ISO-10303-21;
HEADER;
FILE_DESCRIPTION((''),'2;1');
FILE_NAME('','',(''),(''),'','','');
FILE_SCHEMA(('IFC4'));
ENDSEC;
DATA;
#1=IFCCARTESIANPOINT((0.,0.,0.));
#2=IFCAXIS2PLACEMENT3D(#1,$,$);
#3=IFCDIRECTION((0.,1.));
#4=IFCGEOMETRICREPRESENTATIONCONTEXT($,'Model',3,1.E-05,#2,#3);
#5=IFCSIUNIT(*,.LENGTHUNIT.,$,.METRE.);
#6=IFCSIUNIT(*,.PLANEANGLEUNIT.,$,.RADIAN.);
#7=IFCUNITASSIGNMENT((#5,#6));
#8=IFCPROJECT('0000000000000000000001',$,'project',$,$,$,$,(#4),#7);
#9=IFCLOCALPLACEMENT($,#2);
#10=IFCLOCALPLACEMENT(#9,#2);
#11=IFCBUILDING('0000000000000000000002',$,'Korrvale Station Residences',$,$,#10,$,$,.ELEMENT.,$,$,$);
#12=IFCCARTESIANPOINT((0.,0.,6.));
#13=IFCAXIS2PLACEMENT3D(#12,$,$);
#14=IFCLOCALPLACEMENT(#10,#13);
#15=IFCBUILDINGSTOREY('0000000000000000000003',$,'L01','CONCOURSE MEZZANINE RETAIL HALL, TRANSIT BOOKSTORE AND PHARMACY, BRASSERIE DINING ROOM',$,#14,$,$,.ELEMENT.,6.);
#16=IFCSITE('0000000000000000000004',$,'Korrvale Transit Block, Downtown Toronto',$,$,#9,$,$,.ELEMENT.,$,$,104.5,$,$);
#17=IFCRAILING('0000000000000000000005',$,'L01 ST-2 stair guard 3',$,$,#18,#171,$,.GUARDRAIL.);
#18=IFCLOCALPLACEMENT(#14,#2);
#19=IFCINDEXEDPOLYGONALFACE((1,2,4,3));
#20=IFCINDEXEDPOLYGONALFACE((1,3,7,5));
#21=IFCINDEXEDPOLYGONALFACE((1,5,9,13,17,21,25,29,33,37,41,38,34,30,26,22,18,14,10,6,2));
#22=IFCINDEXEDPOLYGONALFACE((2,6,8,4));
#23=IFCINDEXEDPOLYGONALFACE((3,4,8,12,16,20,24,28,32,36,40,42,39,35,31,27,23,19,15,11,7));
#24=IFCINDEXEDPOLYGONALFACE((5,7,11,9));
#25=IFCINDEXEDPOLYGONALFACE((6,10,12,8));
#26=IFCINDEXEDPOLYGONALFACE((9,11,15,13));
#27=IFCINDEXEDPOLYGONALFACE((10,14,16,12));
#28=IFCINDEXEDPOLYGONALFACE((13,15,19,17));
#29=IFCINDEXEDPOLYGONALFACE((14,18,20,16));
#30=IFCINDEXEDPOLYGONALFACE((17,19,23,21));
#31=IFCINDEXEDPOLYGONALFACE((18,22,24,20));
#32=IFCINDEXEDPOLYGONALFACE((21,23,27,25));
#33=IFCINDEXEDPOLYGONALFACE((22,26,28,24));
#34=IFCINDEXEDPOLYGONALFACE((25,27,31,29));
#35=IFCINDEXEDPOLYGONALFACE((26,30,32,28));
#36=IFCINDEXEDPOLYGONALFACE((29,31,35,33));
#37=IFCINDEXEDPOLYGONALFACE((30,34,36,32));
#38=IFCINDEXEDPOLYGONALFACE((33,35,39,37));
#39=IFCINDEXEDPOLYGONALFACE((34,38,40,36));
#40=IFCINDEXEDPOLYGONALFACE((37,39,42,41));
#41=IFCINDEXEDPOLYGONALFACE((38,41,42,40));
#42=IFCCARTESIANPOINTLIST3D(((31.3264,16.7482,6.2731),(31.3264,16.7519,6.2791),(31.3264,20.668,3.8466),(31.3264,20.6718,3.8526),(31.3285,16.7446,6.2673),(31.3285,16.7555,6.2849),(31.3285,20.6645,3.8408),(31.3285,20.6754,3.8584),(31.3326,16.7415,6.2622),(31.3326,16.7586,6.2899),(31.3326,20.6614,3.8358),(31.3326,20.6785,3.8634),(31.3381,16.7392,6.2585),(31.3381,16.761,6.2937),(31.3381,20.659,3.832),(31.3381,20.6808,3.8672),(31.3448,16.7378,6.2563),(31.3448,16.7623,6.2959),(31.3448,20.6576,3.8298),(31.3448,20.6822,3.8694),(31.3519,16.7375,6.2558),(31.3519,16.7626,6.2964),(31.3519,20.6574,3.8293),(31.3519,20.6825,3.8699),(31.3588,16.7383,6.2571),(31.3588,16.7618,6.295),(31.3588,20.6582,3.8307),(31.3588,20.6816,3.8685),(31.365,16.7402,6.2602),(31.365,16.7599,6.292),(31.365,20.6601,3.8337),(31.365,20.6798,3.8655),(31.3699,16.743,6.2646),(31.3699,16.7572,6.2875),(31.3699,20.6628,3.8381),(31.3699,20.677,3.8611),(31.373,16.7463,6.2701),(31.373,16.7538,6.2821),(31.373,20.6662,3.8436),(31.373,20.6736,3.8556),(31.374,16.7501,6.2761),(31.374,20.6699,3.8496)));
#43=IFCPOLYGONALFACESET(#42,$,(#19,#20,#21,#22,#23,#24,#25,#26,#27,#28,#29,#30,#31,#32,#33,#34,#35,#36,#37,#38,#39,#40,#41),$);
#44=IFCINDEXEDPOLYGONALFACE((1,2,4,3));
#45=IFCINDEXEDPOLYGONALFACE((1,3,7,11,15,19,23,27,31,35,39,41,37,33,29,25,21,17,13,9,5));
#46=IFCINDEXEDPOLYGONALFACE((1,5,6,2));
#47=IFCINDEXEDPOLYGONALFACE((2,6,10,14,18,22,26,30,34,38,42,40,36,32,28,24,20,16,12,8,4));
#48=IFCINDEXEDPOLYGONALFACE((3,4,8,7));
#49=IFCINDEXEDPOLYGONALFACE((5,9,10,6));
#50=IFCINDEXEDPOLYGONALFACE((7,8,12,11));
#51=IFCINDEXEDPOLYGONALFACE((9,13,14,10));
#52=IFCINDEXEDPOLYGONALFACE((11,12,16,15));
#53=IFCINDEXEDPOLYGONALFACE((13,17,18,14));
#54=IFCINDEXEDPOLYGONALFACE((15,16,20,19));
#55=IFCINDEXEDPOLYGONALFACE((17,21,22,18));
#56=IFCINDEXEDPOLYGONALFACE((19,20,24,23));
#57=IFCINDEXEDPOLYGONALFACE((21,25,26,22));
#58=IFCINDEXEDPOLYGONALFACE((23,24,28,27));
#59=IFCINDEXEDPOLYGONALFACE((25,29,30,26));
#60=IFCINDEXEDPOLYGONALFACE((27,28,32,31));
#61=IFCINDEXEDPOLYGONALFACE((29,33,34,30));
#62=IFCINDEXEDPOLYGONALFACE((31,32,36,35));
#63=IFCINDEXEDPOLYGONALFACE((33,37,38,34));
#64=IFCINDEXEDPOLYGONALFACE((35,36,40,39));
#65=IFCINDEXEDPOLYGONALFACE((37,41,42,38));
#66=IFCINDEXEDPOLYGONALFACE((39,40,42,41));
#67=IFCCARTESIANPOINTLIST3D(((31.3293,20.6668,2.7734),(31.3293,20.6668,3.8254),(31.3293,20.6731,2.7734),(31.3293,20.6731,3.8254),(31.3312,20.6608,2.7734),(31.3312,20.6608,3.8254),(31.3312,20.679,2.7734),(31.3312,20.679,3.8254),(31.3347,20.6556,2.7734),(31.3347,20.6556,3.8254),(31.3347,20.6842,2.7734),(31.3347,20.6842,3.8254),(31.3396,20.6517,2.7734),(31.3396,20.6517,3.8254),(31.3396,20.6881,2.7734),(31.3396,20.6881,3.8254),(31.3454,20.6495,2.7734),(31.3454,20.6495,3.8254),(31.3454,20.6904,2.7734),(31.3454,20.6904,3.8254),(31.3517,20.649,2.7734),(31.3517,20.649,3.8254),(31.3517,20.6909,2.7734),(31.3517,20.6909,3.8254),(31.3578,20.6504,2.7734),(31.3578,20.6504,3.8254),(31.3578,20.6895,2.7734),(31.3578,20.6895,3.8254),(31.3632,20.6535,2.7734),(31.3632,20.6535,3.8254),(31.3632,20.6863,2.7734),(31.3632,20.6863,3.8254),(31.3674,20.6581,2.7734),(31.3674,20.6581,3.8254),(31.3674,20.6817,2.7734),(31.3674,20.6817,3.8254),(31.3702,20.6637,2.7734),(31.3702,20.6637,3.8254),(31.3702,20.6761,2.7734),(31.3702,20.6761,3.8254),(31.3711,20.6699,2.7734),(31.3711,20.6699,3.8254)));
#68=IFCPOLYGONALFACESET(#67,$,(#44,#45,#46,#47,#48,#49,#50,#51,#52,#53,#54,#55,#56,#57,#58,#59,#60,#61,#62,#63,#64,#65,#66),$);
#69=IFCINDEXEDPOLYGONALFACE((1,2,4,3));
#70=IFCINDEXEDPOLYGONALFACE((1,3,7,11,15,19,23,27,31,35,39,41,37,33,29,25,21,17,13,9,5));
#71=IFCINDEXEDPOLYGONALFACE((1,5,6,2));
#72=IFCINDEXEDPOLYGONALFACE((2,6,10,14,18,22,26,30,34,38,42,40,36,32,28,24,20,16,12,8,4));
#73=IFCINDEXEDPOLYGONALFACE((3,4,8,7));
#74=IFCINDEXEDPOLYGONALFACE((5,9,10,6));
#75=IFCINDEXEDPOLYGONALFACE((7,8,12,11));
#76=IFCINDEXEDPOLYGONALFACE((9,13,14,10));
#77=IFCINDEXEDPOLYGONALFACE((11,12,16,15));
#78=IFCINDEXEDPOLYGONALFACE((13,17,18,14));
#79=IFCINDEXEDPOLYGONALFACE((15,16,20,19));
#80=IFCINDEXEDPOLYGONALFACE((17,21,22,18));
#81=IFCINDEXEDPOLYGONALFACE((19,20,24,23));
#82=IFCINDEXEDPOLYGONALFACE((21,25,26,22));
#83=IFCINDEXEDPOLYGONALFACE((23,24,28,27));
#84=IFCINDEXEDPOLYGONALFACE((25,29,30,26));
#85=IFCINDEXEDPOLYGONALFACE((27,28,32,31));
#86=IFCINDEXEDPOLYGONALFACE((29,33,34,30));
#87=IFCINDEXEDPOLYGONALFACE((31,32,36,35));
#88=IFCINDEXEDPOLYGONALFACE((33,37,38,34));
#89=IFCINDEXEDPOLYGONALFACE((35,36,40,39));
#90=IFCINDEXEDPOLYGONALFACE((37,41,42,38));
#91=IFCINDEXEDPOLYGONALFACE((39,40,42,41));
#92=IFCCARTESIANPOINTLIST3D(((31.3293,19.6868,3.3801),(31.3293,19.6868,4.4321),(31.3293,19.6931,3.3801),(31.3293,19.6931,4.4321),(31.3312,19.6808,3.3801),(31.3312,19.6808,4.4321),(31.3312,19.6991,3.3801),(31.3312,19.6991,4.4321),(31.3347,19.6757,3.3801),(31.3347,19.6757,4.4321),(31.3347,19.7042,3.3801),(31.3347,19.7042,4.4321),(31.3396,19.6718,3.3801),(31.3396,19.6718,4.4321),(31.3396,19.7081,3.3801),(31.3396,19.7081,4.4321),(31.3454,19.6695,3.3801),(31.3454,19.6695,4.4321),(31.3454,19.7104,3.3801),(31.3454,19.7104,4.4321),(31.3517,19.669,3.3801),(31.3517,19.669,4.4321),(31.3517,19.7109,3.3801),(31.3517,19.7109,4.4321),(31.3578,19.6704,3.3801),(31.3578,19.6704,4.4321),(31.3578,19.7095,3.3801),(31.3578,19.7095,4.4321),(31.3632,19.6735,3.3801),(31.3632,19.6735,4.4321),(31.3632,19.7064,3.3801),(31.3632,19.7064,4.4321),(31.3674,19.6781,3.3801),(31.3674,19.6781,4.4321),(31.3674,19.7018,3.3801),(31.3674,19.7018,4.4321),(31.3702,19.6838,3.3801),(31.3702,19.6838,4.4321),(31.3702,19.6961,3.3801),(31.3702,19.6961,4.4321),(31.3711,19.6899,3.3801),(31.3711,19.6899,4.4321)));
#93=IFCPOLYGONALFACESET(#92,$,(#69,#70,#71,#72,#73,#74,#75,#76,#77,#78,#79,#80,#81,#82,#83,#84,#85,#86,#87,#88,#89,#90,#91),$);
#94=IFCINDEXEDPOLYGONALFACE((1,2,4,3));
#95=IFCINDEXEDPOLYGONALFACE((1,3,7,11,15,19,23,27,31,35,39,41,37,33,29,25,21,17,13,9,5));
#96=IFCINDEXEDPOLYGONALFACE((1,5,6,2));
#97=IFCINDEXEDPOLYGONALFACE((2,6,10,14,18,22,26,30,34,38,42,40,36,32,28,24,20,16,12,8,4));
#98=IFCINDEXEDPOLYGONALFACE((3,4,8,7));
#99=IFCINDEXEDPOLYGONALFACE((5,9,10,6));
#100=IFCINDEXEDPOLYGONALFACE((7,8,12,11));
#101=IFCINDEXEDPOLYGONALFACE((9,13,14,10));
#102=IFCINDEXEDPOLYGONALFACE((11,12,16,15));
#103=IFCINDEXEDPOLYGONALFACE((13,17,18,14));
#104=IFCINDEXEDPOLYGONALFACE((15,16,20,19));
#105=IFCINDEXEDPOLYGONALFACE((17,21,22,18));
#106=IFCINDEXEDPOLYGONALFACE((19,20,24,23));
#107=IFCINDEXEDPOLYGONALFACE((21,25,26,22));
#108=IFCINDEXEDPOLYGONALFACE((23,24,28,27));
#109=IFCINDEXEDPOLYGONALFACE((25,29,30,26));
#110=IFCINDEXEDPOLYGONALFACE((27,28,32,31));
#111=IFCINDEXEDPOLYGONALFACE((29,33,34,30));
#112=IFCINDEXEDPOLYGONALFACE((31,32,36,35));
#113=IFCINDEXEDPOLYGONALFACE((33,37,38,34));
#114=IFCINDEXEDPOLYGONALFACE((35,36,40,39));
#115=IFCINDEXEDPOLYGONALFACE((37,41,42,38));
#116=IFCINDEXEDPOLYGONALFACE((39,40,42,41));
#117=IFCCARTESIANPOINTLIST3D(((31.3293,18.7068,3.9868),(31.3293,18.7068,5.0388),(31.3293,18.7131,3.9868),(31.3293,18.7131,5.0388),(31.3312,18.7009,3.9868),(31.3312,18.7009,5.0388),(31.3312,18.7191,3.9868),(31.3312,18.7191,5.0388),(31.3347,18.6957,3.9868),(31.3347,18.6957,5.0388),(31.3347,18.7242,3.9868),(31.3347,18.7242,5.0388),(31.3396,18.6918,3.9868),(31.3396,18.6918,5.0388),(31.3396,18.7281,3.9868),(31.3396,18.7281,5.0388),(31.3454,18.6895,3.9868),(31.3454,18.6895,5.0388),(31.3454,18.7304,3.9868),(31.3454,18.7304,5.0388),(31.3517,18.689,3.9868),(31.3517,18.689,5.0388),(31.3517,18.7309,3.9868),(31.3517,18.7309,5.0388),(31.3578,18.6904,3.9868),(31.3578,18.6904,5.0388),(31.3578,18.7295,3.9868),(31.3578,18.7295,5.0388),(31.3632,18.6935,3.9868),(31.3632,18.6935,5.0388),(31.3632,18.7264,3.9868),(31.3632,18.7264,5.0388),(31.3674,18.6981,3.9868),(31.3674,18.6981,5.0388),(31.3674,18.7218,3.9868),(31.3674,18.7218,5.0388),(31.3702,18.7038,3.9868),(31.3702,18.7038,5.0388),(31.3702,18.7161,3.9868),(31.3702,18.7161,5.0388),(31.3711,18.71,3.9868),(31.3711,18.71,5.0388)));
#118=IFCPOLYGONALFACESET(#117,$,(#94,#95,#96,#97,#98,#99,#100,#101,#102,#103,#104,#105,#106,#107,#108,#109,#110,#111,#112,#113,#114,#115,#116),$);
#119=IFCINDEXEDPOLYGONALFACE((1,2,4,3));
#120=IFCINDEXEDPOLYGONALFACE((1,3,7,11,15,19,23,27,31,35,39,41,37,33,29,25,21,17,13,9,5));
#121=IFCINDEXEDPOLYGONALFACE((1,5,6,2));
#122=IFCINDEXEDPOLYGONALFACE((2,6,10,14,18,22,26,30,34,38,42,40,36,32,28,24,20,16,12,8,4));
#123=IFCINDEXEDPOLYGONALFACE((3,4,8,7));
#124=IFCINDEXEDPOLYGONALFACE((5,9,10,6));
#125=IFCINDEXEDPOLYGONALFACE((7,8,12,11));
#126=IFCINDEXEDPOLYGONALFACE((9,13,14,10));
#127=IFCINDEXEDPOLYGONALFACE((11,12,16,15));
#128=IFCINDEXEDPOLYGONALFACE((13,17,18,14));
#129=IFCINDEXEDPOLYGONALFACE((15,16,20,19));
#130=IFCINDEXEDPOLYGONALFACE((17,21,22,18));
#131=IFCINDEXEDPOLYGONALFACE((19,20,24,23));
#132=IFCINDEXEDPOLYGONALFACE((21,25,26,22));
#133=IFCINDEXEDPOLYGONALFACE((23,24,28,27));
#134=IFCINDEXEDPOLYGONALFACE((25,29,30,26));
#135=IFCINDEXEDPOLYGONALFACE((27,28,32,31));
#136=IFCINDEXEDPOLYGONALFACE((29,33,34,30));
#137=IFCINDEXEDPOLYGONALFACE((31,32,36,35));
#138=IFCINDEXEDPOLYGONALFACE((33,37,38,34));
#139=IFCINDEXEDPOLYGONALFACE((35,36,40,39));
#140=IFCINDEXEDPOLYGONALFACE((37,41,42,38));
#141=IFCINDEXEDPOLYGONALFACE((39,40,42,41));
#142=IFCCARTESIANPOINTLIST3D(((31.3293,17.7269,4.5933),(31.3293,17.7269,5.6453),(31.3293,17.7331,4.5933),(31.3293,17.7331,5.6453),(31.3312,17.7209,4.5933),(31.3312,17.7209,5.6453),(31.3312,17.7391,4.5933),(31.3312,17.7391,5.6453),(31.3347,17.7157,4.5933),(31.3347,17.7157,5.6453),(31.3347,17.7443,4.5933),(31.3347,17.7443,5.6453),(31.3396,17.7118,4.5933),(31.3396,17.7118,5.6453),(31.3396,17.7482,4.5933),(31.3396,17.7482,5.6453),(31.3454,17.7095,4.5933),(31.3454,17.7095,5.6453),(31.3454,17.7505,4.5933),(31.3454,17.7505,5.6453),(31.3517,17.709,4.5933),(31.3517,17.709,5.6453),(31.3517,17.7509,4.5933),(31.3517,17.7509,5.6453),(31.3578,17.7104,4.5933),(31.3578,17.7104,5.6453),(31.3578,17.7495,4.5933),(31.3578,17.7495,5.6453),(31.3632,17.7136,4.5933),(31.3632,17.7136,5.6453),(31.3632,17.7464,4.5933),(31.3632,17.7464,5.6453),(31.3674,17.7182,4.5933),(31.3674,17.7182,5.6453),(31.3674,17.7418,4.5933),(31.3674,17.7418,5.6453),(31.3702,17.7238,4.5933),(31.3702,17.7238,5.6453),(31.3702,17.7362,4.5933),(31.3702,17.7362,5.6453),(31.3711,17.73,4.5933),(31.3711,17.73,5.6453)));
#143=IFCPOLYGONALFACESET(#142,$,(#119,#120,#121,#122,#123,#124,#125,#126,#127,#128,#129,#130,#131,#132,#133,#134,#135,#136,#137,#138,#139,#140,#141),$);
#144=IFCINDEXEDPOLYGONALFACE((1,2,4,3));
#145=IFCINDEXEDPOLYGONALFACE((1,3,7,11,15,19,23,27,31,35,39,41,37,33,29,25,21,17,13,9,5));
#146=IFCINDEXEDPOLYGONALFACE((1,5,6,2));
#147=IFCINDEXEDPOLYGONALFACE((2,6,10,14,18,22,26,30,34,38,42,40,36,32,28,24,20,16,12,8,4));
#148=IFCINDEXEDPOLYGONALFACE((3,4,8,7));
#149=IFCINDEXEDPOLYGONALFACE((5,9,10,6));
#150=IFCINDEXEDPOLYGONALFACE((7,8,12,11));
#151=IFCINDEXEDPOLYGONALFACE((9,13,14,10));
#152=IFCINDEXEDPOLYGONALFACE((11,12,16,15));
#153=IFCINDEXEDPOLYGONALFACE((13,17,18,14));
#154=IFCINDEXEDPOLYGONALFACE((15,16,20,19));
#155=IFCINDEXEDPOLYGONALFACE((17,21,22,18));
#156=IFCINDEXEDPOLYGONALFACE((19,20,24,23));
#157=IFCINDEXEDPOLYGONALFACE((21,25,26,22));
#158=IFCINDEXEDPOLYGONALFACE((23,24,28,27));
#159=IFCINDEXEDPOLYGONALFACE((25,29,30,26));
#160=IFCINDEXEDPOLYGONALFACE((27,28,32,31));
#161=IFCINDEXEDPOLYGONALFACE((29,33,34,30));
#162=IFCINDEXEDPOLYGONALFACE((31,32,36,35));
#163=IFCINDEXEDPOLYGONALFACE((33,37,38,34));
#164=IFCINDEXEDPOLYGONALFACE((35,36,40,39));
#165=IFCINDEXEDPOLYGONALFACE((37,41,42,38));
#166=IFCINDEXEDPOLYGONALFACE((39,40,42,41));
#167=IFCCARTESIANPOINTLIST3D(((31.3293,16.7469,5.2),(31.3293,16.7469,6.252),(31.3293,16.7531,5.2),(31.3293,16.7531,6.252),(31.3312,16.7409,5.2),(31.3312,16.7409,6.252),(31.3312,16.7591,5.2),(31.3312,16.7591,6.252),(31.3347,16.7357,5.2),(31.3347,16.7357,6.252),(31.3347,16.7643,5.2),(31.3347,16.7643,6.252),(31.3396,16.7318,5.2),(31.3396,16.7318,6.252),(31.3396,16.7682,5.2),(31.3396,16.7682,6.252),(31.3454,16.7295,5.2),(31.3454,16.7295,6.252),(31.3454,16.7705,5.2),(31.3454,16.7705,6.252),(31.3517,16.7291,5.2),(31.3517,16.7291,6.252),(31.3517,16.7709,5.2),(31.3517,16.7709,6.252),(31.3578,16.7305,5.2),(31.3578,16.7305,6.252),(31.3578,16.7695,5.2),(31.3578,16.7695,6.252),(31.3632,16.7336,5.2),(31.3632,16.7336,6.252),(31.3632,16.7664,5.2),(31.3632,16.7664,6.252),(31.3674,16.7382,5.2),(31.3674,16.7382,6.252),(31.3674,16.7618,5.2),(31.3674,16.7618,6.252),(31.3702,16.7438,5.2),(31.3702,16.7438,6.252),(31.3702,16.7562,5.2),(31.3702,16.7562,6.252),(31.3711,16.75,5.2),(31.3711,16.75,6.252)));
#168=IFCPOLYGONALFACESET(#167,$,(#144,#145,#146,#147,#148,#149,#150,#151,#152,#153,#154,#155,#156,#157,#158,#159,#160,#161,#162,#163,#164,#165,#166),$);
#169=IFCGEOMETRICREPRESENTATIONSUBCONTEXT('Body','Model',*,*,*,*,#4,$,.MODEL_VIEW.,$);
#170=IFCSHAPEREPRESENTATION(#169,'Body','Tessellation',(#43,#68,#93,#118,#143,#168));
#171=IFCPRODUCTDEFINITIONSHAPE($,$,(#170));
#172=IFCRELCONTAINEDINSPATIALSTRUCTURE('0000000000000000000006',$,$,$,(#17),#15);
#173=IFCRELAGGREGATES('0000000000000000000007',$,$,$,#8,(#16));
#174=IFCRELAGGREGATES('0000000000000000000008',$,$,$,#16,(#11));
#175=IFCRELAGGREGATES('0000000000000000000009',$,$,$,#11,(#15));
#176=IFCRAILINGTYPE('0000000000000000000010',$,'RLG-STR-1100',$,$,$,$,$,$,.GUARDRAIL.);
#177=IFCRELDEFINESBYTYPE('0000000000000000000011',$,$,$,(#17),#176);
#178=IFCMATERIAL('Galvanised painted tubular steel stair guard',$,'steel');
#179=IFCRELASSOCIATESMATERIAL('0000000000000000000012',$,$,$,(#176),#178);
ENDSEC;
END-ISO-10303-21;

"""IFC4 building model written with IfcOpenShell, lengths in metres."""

from ifc_helpers import new_model, si_unit, direction, frame, origin, origin_2d, place, context, subcontext, project, spatial, circle, extrude, material, type_object, element, save


model = new_model("IFC4")

# Units and contexts
model_context = context("Model", 3, precision=1e-05, world=origin(), true_north=direction((0.0, 1.0)))
body_context = subcontext(model_context, "Body", "Model", "MODEL_VIEW")
ifc_project = project(units=[si_unit("LENGTHUNIT", "METRE"), si_unit("PLANEANGLEUNIT", "RADIAN")], contexts=[model_context])

# Site, building, storey
site_placement = place(None, origin())
site = spatial("IfcSite", under=ifc_project, at=site_placement, Name="Korrvale Transit Block, Downtown Toronto", CompositionType="ELEMENT", RefElevation=104.5)
building_placement = place(site_placement, origin())
building = spatial("IfcBuilding", under=site, at=building_placement, Name="Korrvale Station Residences", CompositionType="ELEMENT")
storey_placement = place(building_placement, frame((0.0, 0.0, 6.0)))
storey = spatial("IfcBuildingStorey", under=building, at=storey_placement, Name="L01", Description="CONCOURSE MEZZANINE RETAIL HALL, TRANSIT BOOKSTORE AND PHARMACY, BRASSERIE DINING ROOM", CompositionType="ELEMENT", Elevation=6.0)

# Railing
ifc_material_1 = material(Name="Galvanised painted tubular steel stair guard", Category="steel")
railing_type_1 = type_object("IfcRailingType", Name="RLG-STR-1100", PredefinedType="GUARDRAIL", material=ifc_material_1)
railing_1_placement = place(storey_placement, frame((31.3501, 20.6699, 2.7734)))
element("IfcRailing", 1, at=railing_1_placement, inside=storey, type_object=railing_type_1, Name="L01 ST-2 stair guard 3", PredefinedType="GUARDRAIL", context=body_context, shape_type="SweptSolid", body=[
    extrude(circle(Radius=0.0239, at=origin_2d()), frame((0.0, 0.0, 1.0762), z_axis=(0.0, -0.850275, 0.526338), x_axis=(1.0, 0.0, 0.0)), (0.0, 0.0, 1.0), 4.6101),
    extrude(circle(Radius=0.021, at=origin_2d()), origin(), (0.0, 0.0, 1.0), 1.052),
    extrude(circle(Radius=0.021, at=origin_2d()), frame((0.0, -0.98, 0.6067)), (0.0, 0.0, 1.0), 1.052),
    extrude(circle(Radius=0.021, at=origin_2d()), frame((0.0, -1.96, 1.2134)), (0.0, 0.0, 1.0), 1.052),
    extrude(circle(Radius=0.021, at=origin_2d()), frame((0.0, -2.9399, 1.8198)), (0.0, 0.0, 1.0), 1.052),
    extrude(circle(Radius=0.021, at=origin_2d()), frame((0.0, -3.9199, 2.4265)), (0.0, 0.0, 1.0), 1.052),
])

save(model, "model.ifc")
